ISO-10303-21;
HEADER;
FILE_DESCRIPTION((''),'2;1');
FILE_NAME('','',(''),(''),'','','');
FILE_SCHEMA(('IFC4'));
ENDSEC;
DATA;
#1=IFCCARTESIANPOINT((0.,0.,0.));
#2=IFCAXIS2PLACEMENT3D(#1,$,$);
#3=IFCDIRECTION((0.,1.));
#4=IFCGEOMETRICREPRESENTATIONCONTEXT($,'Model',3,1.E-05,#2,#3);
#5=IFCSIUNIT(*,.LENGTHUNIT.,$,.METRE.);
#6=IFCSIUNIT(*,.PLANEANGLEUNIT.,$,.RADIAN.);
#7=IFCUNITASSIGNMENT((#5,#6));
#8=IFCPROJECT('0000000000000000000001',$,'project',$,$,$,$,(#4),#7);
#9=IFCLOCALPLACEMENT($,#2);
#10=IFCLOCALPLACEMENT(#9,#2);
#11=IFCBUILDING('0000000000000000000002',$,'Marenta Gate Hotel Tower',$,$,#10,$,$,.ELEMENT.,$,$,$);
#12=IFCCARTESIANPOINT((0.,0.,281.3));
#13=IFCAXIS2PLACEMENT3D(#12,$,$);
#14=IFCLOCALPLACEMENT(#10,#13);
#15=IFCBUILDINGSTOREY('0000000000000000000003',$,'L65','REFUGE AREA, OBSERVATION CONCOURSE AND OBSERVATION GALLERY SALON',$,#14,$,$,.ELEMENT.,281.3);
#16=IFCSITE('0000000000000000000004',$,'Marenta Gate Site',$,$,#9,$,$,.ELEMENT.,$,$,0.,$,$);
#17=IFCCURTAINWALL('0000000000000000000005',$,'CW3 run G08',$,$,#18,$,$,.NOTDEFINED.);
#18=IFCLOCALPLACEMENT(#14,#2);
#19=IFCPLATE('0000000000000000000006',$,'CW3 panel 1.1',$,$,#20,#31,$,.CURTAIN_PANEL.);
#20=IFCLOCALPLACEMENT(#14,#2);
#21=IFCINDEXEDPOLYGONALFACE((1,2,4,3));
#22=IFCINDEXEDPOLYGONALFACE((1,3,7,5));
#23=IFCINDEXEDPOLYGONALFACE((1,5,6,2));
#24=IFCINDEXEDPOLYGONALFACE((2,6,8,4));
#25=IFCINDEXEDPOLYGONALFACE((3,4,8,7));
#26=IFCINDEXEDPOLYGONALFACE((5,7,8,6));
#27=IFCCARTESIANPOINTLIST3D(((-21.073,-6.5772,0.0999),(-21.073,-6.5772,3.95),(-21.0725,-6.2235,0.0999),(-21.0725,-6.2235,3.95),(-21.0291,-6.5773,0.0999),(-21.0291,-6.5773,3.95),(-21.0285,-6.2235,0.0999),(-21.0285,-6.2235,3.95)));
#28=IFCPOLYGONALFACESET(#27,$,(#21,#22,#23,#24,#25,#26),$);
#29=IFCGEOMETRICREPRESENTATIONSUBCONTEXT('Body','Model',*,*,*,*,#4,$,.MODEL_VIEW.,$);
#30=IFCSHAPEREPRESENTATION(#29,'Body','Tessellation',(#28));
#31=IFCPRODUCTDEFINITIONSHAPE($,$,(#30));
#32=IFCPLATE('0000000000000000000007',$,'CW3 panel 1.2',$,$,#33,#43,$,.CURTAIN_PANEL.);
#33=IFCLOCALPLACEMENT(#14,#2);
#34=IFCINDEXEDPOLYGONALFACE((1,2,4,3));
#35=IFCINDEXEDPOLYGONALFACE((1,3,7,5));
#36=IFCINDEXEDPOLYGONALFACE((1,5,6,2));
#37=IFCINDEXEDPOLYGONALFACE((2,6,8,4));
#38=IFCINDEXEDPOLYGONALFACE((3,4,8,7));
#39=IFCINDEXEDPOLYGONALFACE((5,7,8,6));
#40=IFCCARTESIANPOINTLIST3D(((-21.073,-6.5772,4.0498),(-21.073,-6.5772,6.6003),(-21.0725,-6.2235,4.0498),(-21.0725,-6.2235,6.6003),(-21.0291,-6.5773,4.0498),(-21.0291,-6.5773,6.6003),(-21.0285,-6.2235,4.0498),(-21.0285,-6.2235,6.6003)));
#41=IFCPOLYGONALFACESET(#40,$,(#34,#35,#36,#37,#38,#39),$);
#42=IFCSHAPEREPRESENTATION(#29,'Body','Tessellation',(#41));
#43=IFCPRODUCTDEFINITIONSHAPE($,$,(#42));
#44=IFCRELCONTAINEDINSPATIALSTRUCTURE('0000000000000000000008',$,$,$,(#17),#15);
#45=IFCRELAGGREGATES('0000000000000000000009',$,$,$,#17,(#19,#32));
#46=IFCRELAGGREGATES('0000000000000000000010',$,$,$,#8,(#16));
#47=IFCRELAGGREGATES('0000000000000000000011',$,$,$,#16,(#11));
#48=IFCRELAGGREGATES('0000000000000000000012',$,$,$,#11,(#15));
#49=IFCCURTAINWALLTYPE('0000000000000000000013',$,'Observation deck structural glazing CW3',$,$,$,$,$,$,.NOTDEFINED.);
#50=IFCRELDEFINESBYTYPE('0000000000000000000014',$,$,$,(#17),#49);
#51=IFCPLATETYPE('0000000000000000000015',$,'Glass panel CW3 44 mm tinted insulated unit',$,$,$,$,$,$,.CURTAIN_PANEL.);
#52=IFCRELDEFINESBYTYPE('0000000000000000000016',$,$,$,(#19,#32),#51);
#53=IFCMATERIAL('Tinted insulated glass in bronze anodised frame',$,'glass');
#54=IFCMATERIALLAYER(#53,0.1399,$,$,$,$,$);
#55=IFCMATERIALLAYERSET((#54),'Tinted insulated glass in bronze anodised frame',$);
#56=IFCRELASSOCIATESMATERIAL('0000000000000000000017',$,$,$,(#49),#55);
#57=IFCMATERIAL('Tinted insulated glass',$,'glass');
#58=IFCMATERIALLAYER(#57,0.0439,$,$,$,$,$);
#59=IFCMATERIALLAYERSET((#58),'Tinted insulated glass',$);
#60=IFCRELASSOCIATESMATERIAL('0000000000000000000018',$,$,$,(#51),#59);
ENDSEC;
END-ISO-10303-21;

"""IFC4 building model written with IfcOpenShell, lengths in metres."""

from ifc_helpers import new_model, si_unit, direction, frame, origin, origin_2d, place, context, subcontext, project, spatial, rectangle, extrude, material, layer, layer_set, type_object, element, aggregate, save


model = new_model("IFC4")

# Units and contexts
model_context = context("Model", 3, precision=1e-05, world=origin(), true_north=direction((0.0, 1.0)))
body_context = subcontext(model_context, "Body", "Model", "MODEL_VIEW")
ifc_project = project(units=[si_unit("LENGTHUNIT", "METRE"), si_unit("PLANEANGLEUNIT", "RADIAN")], contexts=[model_context])

# Site, building, storey
site_placement = place(None, origin())
site = spatial("IfcSite", under=ifc_project, at=site_placement, Name="Marenta Gate Site", CompositionType="ELEMENT", RefElevation=0.0)
building_placement = place(site_placement, origin())
building = spatial("IfcBuilding", under=site, at=building_placement, Name="Marenta Gate Hotel Tower", CompositionType="ELEMENT")
storey_placement = place(building_placement, frame((0.0, 0.0, 281.3)))
storey = spatial("IfcBuildingStorey", under=building, at=storey_placement, Name="L65", Description="REFUGE AREA, OBSERVATION CONCOURSE AND OBSERVATION GALLERY SALON", CompositionType="ELEMENT", Elevation=281.3)

# Curtain wall
ifc_material_1 = material(Name="Tinted insulated glass in bronze anodised frame", Category="glass")
ifc_layer_1 = layer(ifc_material_1, 0.1399)
ifc_layer_set_1 = layer_set([ifc_layer_1], Name="Tinted insulated glass in bronze anodised frame")
curtain_wall_type = type_object("IfcCurtainWallType", Name="Observation deck structural glazing CW3", PredefinedType="NOTDEFINED", material=ifc_layer_set_1)
curtain_wall_1_placement = place(storey_placement, origin())
curtain_wall_1 = element("IfcCurtainWall", 1, at=curtain_wall_1_placement, inside=storey, type_object=curtain_wall_type, Name="CW3 run G08", PredefinedType="NOTDEFINED")

# Plates
ifc_material_2 = material(Name="Tinted insulated glass", Category="glass")
ifc_layer_2 = layer(ifc_material_2, 0.0439)
ifc_layer_set_2 = layer_set([ifc_layer_2], Name="Tinted insulated glass")
plate_type = type_object("IfcPlateType", Name="Glass panel CW3 44 mm tinted insulated unit", PredefinedType="CURTAIN_PANEL", material=ifc_layer_set_2)
plate_1_placement = place(storey_placement, frame((-21.0508, -6.4004, 0.0999), z_axis=(0.0, 0.0, 1.0), x_axis=(-0.001543, -0.999999, 0.0)))
plate_1 = element("IfcPlate", 2, at=plate_1_placement, type_object=plate_type, Name="CW3 panel 1.1", PredefinedType="CURTAIN_PANEL", context=body_context, shape_type="SweptSolid", body=[
    extrude(rectangle(XDim=0.3538, YDim=0.0439, at=origin_2d()), origin(), (0.0, 0.0, 1.0), 3.8501),
])
plate_2_placement = place(storey_placement, frame((-21.0508, -6.4004, 4.0498), z_axis=(0.0, 0.0, 1.0), x_axis=(-0.001543, -0.999999, 0.0)))
plate_2 = element("IfcPlate", 3, at=plate_2_placement, type_object=plate_type, Name="CW3 panel 1.2", PredefinedType="CURTAIN_PANEL", context=body_context, shape_type="SweptSolid", body=[
    extrude(rectangle(XDim=0.3538, YDim=0.0439, at=origin_2d()), origin(), (0.0, 0.0, 1.0), 2.5505),
])
aggregate(curtain_wall_1, [plate_1, plate_2])

save(model, "model.ifc")
